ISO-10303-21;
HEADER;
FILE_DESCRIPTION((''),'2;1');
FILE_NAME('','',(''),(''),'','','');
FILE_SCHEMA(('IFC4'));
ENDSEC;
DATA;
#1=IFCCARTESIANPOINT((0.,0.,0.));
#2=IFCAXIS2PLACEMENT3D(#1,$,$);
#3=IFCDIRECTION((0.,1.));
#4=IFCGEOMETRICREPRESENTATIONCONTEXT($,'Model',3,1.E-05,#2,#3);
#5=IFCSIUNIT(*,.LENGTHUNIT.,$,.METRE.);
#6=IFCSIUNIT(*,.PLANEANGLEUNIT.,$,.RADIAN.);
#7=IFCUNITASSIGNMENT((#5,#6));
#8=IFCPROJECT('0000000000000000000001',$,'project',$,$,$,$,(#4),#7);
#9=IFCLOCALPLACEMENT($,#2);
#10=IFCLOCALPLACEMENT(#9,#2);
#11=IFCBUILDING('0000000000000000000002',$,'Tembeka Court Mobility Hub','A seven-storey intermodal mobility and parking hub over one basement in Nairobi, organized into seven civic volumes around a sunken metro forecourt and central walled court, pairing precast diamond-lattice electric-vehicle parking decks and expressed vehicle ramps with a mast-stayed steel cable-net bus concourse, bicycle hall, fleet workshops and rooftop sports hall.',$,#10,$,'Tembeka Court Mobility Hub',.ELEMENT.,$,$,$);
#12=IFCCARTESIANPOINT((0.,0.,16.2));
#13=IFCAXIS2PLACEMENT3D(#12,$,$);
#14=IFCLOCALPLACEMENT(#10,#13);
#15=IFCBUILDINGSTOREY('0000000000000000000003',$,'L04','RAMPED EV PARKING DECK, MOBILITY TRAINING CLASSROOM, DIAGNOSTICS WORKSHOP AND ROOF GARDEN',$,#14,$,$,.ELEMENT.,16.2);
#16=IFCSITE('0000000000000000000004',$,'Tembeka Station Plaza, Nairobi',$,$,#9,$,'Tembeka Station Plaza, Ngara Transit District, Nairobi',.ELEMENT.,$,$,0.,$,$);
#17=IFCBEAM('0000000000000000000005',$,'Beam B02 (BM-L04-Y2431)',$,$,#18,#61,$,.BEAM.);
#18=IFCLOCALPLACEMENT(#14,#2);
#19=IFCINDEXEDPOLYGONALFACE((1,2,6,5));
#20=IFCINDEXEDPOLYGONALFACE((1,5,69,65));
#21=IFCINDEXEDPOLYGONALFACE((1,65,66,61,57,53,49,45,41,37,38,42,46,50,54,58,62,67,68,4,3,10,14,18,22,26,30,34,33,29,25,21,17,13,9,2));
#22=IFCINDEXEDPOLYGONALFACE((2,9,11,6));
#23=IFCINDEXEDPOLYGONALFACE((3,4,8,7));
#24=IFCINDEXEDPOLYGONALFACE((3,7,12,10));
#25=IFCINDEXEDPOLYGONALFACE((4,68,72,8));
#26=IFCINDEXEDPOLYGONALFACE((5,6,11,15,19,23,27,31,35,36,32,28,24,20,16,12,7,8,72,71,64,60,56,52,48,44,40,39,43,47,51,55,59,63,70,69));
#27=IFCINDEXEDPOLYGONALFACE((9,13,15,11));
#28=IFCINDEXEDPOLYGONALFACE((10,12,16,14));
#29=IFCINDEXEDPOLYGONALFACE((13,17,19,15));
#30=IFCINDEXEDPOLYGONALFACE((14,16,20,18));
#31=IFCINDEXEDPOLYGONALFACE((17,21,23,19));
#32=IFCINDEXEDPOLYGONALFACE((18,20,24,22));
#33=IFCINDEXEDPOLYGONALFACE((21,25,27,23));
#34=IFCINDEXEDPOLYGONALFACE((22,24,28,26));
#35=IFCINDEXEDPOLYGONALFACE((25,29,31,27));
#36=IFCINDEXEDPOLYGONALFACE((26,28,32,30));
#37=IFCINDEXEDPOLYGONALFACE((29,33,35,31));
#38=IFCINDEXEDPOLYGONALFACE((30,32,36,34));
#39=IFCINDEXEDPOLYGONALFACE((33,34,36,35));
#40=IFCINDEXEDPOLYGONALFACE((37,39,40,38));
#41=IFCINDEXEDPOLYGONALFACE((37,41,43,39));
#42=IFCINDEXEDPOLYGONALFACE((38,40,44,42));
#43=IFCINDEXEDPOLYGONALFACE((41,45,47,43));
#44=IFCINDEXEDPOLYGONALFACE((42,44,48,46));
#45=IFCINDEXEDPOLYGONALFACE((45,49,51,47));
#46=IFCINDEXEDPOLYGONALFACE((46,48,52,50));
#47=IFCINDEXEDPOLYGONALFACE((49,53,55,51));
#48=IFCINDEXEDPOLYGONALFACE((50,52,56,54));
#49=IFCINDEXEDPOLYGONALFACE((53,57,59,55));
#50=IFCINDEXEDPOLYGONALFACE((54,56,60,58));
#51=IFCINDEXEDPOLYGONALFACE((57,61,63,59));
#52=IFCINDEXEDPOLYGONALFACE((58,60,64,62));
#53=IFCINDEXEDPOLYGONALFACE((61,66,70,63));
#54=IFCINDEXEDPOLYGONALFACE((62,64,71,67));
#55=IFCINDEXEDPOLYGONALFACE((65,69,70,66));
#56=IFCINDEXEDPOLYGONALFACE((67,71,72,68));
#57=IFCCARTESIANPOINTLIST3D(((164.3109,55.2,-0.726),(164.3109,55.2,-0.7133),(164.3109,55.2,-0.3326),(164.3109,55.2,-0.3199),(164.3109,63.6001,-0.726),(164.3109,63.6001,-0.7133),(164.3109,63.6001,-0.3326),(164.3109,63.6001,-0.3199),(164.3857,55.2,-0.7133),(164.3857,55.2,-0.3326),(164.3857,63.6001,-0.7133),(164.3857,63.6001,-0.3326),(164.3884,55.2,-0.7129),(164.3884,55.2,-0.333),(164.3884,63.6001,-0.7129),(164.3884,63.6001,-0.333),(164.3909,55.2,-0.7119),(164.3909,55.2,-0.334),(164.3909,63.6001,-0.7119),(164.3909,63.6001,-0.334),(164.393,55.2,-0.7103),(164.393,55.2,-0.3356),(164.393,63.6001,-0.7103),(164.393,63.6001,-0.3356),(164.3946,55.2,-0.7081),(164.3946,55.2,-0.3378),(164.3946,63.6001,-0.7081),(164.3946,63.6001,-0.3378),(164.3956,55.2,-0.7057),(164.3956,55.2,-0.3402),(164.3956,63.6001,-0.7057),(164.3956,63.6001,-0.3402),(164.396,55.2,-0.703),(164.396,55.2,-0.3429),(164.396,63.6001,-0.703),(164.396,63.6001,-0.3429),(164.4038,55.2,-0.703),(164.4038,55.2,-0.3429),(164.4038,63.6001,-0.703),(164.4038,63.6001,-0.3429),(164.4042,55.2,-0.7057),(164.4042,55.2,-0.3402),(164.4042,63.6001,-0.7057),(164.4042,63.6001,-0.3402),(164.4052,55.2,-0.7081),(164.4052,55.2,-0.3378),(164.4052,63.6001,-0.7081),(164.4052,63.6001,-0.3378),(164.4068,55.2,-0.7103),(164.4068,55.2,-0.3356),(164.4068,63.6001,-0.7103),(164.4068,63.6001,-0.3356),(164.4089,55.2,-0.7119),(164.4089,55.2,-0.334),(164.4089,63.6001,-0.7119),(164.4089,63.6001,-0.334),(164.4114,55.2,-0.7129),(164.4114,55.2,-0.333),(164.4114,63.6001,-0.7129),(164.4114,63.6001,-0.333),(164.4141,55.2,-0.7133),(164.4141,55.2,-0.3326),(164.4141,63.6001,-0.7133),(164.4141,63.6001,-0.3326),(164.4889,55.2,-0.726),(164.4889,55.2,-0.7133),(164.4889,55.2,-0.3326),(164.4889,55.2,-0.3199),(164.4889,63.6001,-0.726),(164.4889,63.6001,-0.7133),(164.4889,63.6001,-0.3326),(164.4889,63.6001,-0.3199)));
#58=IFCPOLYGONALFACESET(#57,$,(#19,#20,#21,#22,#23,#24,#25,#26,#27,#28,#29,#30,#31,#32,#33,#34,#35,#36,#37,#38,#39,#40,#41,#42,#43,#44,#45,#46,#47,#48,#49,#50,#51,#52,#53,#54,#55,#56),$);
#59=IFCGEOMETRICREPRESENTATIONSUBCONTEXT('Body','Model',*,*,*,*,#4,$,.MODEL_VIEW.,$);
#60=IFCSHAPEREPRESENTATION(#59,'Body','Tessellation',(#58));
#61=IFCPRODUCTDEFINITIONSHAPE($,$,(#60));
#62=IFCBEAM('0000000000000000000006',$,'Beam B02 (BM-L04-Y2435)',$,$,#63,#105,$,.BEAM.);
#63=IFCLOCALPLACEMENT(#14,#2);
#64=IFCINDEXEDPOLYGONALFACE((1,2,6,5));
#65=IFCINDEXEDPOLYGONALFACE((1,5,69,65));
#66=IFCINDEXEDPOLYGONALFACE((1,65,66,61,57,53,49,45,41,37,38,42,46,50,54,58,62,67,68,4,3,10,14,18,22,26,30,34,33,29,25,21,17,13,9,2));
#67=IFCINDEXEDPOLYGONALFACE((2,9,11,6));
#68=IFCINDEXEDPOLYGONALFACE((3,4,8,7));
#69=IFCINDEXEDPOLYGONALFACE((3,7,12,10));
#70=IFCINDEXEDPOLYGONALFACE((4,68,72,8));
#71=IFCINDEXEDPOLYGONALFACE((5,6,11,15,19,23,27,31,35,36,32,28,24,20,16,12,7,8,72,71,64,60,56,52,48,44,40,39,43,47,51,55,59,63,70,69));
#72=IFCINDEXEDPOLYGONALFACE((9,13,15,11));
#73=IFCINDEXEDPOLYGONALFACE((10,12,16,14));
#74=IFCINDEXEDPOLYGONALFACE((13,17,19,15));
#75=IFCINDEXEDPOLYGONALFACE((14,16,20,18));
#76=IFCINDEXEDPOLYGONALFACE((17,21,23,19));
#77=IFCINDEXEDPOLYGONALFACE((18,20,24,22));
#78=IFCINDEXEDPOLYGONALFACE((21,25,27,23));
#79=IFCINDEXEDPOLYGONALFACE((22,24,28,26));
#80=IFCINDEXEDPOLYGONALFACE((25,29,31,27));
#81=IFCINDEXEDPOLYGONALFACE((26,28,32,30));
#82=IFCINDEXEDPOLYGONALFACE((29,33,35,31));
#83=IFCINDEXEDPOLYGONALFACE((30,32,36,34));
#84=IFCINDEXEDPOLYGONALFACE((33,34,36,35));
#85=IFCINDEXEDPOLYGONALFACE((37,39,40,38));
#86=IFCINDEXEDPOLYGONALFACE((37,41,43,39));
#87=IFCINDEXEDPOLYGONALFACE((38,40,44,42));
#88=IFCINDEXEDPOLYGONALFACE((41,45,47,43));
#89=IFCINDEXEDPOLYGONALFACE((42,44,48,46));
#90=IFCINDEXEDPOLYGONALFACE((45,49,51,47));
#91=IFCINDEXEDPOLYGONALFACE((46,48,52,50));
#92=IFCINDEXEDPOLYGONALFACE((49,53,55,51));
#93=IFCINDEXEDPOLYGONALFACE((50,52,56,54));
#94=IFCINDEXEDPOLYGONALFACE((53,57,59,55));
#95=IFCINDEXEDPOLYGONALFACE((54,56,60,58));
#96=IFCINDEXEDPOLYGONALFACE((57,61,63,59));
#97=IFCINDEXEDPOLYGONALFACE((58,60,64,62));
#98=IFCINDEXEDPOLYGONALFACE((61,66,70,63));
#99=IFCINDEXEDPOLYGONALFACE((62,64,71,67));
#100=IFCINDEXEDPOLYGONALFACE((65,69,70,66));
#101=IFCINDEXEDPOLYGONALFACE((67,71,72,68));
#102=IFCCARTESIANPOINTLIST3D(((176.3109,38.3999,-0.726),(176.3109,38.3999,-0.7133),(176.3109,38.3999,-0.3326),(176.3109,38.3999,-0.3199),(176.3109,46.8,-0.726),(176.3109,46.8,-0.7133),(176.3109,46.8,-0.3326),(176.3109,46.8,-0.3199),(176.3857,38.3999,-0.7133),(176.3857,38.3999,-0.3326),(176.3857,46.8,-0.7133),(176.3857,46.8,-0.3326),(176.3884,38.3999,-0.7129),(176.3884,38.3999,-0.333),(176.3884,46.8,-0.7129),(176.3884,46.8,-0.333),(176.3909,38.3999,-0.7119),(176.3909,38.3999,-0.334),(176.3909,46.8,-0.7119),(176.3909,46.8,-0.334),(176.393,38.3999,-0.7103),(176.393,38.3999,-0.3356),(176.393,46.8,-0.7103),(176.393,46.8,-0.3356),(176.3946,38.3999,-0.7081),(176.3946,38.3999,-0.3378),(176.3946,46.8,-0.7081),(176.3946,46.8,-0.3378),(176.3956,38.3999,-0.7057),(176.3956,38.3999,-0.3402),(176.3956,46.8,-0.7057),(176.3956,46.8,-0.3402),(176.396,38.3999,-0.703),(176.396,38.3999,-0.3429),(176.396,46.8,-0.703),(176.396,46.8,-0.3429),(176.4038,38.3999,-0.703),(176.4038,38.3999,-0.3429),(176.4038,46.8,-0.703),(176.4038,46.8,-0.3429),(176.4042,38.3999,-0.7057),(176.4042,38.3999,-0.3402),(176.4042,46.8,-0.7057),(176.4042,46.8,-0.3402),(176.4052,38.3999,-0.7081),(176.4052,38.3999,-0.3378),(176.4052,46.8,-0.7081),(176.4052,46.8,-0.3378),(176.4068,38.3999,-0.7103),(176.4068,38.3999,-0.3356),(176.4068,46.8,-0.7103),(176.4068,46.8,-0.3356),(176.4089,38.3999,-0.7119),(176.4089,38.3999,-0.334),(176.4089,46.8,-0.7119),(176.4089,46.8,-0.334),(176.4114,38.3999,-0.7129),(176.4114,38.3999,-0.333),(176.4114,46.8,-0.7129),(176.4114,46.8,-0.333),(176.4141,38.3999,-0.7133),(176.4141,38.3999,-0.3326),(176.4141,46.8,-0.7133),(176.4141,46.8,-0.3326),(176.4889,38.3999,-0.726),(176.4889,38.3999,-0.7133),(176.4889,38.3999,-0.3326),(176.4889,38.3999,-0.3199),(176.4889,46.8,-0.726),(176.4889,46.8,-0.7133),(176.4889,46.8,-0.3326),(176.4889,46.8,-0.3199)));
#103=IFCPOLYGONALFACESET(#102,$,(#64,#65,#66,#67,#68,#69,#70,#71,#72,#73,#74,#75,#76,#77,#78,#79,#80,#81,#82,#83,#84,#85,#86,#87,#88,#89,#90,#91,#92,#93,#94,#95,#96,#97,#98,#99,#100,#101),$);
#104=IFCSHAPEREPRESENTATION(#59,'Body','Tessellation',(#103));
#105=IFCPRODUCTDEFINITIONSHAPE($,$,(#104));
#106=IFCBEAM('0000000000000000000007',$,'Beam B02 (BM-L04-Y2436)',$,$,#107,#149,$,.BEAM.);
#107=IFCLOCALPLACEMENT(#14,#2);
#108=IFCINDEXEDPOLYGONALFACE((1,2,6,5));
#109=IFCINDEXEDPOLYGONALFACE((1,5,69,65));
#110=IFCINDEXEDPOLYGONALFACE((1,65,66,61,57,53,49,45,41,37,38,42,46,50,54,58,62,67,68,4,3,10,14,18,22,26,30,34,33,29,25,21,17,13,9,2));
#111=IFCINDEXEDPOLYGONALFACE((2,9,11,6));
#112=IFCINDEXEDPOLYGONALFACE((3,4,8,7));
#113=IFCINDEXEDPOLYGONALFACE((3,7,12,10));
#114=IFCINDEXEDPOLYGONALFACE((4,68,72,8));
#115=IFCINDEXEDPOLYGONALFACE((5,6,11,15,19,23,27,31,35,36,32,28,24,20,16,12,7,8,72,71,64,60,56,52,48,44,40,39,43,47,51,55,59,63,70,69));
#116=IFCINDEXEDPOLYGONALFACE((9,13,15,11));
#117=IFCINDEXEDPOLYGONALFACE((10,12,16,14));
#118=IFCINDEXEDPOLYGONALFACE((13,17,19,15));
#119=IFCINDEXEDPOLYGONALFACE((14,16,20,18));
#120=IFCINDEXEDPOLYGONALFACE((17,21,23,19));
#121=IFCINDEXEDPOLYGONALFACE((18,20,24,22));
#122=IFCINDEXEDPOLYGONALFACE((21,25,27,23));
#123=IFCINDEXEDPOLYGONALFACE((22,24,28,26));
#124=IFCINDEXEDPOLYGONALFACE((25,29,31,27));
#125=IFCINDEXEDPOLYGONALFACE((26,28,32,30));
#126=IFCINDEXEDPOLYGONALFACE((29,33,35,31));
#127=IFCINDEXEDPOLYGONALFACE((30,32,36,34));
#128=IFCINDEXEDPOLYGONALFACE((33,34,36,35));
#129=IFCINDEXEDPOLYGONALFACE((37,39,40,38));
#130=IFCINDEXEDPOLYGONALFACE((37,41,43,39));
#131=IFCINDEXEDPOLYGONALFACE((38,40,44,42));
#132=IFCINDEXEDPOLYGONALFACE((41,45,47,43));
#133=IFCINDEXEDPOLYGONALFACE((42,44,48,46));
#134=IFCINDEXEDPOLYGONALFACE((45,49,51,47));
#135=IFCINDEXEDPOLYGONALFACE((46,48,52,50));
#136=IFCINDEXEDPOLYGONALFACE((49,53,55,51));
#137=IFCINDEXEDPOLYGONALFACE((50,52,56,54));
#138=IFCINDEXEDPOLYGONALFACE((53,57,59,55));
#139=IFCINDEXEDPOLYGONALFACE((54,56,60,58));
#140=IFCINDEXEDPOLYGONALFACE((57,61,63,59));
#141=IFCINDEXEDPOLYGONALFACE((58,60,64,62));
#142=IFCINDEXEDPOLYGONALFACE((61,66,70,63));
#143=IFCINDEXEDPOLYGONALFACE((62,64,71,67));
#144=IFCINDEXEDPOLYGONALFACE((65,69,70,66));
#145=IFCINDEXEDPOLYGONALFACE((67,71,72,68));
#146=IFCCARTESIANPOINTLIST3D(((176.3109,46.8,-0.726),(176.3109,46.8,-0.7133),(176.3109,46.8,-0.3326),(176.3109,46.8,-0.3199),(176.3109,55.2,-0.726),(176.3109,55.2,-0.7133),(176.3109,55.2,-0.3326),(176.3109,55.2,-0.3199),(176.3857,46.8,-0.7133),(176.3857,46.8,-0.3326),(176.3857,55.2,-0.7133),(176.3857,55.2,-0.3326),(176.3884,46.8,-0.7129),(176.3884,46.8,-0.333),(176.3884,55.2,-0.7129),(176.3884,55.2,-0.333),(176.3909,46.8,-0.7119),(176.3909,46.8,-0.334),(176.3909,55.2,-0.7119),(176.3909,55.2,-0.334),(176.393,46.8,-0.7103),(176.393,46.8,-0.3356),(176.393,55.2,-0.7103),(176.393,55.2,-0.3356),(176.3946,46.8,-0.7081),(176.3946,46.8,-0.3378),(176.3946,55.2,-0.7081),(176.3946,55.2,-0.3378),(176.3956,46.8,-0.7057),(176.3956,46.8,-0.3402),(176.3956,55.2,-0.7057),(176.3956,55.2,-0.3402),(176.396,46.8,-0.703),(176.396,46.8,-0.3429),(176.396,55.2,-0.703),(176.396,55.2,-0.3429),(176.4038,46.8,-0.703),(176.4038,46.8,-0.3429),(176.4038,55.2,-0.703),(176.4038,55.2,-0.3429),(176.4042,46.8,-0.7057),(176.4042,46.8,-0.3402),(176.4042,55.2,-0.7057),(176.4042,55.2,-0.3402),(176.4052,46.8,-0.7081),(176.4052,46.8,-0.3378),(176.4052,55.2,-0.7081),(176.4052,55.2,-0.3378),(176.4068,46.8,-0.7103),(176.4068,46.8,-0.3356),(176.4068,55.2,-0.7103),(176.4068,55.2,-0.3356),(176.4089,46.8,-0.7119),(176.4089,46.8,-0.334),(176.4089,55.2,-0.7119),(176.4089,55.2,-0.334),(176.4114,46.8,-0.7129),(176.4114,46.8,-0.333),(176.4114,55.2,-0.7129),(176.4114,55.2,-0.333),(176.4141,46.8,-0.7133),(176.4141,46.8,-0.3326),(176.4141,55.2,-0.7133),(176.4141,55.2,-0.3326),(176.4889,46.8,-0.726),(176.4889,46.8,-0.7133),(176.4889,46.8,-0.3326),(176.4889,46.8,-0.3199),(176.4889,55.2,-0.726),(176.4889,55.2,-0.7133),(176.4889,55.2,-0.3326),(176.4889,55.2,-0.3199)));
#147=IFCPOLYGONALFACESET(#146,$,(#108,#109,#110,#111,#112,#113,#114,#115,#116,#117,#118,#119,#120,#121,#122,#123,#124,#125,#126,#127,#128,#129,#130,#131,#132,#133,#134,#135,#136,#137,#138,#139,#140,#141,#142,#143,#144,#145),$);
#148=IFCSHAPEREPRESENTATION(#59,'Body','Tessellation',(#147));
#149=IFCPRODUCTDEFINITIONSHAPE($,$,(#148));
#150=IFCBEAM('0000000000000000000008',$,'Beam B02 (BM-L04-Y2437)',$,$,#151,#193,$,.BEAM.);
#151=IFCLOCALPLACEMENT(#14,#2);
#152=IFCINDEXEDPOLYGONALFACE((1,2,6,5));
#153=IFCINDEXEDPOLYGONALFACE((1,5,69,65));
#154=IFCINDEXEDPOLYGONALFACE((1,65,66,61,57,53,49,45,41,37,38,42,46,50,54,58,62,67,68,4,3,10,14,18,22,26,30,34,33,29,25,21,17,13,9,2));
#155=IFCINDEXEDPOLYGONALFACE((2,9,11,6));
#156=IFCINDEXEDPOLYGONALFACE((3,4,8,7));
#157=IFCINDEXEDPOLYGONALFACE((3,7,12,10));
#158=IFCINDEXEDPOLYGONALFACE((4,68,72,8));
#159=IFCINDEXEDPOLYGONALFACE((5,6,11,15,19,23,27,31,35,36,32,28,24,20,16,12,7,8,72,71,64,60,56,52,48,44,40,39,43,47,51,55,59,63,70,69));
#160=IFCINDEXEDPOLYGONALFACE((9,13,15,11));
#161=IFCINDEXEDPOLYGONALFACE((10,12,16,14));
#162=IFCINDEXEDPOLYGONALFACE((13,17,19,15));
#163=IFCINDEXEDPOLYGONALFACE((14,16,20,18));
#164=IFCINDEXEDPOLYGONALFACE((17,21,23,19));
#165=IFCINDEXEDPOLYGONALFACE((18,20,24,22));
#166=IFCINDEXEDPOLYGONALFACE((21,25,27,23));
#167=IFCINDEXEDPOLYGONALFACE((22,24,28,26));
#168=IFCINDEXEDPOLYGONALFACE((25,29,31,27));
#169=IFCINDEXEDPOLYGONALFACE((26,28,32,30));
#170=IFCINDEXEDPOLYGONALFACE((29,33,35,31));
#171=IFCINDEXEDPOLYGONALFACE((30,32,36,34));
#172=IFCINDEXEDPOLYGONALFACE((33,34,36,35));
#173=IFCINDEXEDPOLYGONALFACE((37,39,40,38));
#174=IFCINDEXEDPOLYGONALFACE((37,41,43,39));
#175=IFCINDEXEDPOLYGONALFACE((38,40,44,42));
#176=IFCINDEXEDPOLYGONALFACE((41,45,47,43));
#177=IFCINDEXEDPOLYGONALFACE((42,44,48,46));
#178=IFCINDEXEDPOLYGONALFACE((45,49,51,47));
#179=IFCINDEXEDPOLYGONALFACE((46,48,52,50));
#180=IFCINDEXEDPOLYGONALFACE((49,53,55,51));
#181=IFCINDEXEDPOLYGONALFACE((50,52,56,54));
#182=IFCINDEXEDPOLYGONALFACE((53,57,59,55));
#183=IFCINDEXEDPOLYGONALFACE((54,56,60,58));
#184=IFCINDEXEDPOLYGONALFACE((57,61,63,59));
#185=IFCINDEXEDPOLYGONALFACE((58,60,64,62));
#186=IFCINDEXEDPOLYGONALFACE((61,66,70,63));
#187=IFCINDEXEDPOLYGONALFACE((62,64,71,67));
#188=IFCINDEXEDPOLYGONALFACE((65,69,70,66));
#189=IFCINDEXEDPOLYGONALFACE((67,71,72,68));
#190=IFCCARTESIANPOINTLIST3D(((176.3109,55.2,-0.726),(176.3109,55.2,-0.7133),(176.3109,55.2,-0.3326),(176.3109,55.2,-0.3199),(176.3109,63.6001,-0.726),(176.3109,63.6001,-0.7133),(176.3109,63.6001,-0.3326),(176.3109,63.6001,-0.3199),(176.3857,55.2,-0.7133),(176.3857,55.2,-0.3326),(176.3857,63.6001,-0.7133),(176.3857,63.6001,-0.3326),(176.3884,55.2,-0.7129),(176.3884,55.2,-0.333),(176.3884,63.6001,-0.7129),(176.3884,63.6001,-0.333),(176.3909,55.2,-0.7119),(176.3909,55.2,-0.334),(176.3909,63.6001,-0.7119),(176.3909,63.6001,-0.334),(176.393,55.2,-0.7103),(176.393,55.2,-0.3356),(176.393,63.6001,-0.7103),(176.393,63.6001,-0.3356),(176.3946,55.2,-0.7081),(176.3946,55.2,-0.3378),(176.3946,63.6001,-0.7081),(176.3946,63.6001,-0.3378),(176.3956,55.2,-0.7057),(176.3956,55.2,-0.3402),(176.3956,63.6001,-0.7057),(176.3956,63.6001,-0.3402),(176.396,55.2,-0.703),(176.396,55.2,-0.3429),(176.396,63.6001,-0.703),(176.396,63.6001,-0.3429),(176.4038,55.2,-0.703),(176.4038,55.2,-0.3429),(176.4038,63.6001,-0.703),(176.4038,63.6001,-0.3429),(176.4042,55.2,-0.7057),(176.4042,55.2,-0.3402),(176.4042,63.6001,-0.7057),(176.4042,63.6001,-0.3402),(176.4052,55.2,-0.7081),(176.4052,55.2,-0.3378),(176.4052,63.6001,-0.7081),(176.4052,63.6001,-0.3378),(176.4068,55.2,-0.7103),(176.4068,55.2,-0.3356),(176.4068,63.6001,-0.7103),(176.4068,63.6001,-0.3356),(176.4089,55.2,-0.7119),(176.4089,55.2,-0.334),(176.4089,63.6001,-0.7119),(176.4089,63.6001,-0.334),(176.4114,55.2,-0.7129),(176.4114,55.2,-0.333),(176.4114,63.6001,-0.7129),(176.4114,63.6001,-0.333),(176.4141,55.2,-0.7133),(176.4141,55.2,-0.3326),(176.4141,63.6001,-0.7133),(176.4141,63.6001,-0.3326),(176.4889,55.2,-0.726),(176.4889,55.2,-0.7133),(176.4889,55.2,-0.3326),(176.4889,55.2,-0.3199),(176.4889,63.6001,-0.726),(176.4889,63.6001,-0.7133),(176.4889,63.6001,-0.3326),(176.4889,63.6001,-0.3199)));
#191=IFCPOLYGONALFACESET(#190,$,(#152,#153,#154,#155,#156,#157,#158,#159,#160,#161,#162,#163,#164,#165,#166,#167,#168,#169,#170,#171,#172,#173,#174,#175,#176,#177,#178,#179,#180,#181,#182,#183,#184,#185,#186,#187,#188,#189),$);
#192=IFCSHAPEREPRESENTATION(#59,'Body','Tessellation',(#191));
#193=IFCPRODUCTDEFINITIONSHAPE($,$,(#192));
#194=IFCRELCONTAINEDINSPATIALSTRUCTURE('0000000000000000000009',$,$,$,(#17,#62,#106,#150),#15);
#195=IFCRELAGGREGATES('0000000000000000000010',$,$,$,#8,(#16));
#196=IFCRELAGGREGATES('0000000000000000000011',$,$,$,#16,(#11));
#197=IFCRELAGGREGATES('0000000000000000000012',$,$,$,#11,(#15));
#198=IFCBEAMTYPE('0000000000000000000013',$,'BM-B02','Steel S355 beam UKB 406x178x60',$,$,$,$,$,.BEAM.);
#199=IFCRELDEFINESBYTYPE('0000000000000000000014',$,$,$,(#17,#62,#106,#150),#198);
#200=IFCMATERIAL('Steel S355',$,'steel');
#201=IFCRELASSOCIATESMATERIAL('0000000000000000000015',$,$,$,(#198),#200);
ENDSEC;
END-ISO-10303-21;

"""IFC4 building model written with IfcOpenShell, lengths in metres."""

from ifc_helpers import new_model, si_unit, direction, frame, origin, origin_2d, place, context, subcontext, project, spatial, i_section, extrude, material, material_profile, profile_set, type_object, element, save


model = new_model("IFC4")

# Units and contexts
model_context = context("Model", 3, precision=1e-05, world=origin(), true_north=direction((0.0, 1.0)))
body_context = subcontext(model_context, "Body", "Model", "MODEL_VIEW")
ifc_project = project(units=[si_unit("LENGTHUNIT", "METRE"), si_unit("PLANEANGLEUNIT", "RADIAN")], contexts=[model_context])

# Site, building, storey
site_placement = place(None, origin())
site = spatial("IfcSite", under=ifc_project, at=site_placement, Name="Tembeka Station Plaza, Nairobi", LongName="Tembeka Station Plaza, Ngara Transit District, Nairobi", CompositionType="ELEMENT", RefElevation=0.0)
building_placement = place(site_placement, origin())
building = spatial("IfcBuilding", under=site, at=building_placement, Name="Tembeka Court Mobility Hub", Description="A seven-storey intermodal mobility and parking hub over one basement in Nairobi, organized into seven civic volumes around a sunken metro forecourt and central walled court, pairing precast diamond-lattice electric-vehicle parking decks and expressed vehicle ramps with a mast-stayed steel cable-net bus concourse, bicycle hall, fleet workshops and rooftop sports hall.", LongName="Tembeka Court Mobility Hub", CompositionType="ELEMENT")
storey_placement = place(building_placement, frame((0.0, 0.0, 16.2)))
storey = spatial("IfcBuildingStorey", under=building, at=storey_placement, Name="L04", Description="RAMPED EV PARKING DECK, MOBILITY TRAINING CLASSROOM, DIAGNOSTICS WORKSHOP AND ROOF GARDEN", CompositionType="ELEMENT", Elevation=16.2)

# Beams
ifc_material_1 = material(Name="Steel S355", Category="steel")
ifc_material_profile_1 = material_profile(ifc_material_1, i_section(OverallWidth=0.178, OverallDepth=0.406, WebThickness=0.0078, FlangeThickness=0.0127, FilletRadius=0.0103, at=origin_2d()), Name="UKB 406x178x60")
ifc_profile_set_1 = profile_set([ifc_material_profile_1], Name="Steel S355")
beam_type_1 = type_object("IfcBeamType", Name="BM-B02", Description="Steel S355 beam UKB 406x178x60", PredefinedType="BEAM", material=ifc_profile_set_1)
for number, where, z_axis, x_axis, name in (
    (1, (164.3999, 55.2, -0.5229), (0.0, 1.0, 0.0), (-1.0, 0.0, 0.0), "Beam B02 (BM-L04-Y2431)"),
    (2, (176.3999, 38.3999, -0.5229), (0.0, 1.0, 0.0), (-1.0, 0.0, 0.0), "Beam B02 (BM-L04-Y2435)"),
):
    element("IfcBeam", number, at=place(storey_placement, frame(where, z_axis=z_axis, x_axis=x_axis)), inside=storey, type_object=beam_type_1, Name=name, PredefinedType="BEAM", context=body_context, shape_type="SweptSolid", body=[
        extrude(i_section(OverallWidth=0.178, OverallDepth=0.406, WebThickness=0.0078, FlangeThickness=0.0127, FilletRadius=0.0103, at=origin_2d()), origin(), (0.0, 0.0, 1.0), 8.4001),
    ])
beam_1_placement = place(storey_placement, frame((176.3999, 46.8, -0.5229), z_axis=(0.0, 1.0, 0.0), x_axis=(-1.0, 0.0, 0.0)))
element("IfcBeam", 3, at=beam_1_placement, inside=storey, type_object=beam_type_1, Name="Beam B02 (BM-L04-Y2436)", PredefinedType="BEAM", context=body_context, shape_type="SweptSolid", body=[
    extrude(i_section(OverallWidth=0.178, OverallDepth=0.406, WebThickness=0.0078, FlangeThickness=0.0127, FilletRadius=0.0103, at=origin_2d()), origin(), (0.0, 0.0, 1.0), 8.3999),
])
beam_2_placement = place(storey_placement, frame((176.3999, 55.2, -0.5229), z_axis=(0.0, 1.0, 0.0), x_axis=(-1.0, 0.0, 0.0)))
element("IfcBeam", 4, at=beam_2_placement, inside=storey, type_object=beam_type_1, Name="Beam B02 (BM-L04-Y2437)", PredefinedType="BEAM", context=body_context, shape_type="SweptSolid", body=[
    extrude(i_section(OverallWidth=0.178, OverallDepth=0.406, WebThickness=0.0078, FlangeThickness=0.0127, FilletRadius=0.0103, at=origin_2d()), origin(), (0.0, 0.0, 1.0), 8.4001),
])

save(model, "model.ifc")
